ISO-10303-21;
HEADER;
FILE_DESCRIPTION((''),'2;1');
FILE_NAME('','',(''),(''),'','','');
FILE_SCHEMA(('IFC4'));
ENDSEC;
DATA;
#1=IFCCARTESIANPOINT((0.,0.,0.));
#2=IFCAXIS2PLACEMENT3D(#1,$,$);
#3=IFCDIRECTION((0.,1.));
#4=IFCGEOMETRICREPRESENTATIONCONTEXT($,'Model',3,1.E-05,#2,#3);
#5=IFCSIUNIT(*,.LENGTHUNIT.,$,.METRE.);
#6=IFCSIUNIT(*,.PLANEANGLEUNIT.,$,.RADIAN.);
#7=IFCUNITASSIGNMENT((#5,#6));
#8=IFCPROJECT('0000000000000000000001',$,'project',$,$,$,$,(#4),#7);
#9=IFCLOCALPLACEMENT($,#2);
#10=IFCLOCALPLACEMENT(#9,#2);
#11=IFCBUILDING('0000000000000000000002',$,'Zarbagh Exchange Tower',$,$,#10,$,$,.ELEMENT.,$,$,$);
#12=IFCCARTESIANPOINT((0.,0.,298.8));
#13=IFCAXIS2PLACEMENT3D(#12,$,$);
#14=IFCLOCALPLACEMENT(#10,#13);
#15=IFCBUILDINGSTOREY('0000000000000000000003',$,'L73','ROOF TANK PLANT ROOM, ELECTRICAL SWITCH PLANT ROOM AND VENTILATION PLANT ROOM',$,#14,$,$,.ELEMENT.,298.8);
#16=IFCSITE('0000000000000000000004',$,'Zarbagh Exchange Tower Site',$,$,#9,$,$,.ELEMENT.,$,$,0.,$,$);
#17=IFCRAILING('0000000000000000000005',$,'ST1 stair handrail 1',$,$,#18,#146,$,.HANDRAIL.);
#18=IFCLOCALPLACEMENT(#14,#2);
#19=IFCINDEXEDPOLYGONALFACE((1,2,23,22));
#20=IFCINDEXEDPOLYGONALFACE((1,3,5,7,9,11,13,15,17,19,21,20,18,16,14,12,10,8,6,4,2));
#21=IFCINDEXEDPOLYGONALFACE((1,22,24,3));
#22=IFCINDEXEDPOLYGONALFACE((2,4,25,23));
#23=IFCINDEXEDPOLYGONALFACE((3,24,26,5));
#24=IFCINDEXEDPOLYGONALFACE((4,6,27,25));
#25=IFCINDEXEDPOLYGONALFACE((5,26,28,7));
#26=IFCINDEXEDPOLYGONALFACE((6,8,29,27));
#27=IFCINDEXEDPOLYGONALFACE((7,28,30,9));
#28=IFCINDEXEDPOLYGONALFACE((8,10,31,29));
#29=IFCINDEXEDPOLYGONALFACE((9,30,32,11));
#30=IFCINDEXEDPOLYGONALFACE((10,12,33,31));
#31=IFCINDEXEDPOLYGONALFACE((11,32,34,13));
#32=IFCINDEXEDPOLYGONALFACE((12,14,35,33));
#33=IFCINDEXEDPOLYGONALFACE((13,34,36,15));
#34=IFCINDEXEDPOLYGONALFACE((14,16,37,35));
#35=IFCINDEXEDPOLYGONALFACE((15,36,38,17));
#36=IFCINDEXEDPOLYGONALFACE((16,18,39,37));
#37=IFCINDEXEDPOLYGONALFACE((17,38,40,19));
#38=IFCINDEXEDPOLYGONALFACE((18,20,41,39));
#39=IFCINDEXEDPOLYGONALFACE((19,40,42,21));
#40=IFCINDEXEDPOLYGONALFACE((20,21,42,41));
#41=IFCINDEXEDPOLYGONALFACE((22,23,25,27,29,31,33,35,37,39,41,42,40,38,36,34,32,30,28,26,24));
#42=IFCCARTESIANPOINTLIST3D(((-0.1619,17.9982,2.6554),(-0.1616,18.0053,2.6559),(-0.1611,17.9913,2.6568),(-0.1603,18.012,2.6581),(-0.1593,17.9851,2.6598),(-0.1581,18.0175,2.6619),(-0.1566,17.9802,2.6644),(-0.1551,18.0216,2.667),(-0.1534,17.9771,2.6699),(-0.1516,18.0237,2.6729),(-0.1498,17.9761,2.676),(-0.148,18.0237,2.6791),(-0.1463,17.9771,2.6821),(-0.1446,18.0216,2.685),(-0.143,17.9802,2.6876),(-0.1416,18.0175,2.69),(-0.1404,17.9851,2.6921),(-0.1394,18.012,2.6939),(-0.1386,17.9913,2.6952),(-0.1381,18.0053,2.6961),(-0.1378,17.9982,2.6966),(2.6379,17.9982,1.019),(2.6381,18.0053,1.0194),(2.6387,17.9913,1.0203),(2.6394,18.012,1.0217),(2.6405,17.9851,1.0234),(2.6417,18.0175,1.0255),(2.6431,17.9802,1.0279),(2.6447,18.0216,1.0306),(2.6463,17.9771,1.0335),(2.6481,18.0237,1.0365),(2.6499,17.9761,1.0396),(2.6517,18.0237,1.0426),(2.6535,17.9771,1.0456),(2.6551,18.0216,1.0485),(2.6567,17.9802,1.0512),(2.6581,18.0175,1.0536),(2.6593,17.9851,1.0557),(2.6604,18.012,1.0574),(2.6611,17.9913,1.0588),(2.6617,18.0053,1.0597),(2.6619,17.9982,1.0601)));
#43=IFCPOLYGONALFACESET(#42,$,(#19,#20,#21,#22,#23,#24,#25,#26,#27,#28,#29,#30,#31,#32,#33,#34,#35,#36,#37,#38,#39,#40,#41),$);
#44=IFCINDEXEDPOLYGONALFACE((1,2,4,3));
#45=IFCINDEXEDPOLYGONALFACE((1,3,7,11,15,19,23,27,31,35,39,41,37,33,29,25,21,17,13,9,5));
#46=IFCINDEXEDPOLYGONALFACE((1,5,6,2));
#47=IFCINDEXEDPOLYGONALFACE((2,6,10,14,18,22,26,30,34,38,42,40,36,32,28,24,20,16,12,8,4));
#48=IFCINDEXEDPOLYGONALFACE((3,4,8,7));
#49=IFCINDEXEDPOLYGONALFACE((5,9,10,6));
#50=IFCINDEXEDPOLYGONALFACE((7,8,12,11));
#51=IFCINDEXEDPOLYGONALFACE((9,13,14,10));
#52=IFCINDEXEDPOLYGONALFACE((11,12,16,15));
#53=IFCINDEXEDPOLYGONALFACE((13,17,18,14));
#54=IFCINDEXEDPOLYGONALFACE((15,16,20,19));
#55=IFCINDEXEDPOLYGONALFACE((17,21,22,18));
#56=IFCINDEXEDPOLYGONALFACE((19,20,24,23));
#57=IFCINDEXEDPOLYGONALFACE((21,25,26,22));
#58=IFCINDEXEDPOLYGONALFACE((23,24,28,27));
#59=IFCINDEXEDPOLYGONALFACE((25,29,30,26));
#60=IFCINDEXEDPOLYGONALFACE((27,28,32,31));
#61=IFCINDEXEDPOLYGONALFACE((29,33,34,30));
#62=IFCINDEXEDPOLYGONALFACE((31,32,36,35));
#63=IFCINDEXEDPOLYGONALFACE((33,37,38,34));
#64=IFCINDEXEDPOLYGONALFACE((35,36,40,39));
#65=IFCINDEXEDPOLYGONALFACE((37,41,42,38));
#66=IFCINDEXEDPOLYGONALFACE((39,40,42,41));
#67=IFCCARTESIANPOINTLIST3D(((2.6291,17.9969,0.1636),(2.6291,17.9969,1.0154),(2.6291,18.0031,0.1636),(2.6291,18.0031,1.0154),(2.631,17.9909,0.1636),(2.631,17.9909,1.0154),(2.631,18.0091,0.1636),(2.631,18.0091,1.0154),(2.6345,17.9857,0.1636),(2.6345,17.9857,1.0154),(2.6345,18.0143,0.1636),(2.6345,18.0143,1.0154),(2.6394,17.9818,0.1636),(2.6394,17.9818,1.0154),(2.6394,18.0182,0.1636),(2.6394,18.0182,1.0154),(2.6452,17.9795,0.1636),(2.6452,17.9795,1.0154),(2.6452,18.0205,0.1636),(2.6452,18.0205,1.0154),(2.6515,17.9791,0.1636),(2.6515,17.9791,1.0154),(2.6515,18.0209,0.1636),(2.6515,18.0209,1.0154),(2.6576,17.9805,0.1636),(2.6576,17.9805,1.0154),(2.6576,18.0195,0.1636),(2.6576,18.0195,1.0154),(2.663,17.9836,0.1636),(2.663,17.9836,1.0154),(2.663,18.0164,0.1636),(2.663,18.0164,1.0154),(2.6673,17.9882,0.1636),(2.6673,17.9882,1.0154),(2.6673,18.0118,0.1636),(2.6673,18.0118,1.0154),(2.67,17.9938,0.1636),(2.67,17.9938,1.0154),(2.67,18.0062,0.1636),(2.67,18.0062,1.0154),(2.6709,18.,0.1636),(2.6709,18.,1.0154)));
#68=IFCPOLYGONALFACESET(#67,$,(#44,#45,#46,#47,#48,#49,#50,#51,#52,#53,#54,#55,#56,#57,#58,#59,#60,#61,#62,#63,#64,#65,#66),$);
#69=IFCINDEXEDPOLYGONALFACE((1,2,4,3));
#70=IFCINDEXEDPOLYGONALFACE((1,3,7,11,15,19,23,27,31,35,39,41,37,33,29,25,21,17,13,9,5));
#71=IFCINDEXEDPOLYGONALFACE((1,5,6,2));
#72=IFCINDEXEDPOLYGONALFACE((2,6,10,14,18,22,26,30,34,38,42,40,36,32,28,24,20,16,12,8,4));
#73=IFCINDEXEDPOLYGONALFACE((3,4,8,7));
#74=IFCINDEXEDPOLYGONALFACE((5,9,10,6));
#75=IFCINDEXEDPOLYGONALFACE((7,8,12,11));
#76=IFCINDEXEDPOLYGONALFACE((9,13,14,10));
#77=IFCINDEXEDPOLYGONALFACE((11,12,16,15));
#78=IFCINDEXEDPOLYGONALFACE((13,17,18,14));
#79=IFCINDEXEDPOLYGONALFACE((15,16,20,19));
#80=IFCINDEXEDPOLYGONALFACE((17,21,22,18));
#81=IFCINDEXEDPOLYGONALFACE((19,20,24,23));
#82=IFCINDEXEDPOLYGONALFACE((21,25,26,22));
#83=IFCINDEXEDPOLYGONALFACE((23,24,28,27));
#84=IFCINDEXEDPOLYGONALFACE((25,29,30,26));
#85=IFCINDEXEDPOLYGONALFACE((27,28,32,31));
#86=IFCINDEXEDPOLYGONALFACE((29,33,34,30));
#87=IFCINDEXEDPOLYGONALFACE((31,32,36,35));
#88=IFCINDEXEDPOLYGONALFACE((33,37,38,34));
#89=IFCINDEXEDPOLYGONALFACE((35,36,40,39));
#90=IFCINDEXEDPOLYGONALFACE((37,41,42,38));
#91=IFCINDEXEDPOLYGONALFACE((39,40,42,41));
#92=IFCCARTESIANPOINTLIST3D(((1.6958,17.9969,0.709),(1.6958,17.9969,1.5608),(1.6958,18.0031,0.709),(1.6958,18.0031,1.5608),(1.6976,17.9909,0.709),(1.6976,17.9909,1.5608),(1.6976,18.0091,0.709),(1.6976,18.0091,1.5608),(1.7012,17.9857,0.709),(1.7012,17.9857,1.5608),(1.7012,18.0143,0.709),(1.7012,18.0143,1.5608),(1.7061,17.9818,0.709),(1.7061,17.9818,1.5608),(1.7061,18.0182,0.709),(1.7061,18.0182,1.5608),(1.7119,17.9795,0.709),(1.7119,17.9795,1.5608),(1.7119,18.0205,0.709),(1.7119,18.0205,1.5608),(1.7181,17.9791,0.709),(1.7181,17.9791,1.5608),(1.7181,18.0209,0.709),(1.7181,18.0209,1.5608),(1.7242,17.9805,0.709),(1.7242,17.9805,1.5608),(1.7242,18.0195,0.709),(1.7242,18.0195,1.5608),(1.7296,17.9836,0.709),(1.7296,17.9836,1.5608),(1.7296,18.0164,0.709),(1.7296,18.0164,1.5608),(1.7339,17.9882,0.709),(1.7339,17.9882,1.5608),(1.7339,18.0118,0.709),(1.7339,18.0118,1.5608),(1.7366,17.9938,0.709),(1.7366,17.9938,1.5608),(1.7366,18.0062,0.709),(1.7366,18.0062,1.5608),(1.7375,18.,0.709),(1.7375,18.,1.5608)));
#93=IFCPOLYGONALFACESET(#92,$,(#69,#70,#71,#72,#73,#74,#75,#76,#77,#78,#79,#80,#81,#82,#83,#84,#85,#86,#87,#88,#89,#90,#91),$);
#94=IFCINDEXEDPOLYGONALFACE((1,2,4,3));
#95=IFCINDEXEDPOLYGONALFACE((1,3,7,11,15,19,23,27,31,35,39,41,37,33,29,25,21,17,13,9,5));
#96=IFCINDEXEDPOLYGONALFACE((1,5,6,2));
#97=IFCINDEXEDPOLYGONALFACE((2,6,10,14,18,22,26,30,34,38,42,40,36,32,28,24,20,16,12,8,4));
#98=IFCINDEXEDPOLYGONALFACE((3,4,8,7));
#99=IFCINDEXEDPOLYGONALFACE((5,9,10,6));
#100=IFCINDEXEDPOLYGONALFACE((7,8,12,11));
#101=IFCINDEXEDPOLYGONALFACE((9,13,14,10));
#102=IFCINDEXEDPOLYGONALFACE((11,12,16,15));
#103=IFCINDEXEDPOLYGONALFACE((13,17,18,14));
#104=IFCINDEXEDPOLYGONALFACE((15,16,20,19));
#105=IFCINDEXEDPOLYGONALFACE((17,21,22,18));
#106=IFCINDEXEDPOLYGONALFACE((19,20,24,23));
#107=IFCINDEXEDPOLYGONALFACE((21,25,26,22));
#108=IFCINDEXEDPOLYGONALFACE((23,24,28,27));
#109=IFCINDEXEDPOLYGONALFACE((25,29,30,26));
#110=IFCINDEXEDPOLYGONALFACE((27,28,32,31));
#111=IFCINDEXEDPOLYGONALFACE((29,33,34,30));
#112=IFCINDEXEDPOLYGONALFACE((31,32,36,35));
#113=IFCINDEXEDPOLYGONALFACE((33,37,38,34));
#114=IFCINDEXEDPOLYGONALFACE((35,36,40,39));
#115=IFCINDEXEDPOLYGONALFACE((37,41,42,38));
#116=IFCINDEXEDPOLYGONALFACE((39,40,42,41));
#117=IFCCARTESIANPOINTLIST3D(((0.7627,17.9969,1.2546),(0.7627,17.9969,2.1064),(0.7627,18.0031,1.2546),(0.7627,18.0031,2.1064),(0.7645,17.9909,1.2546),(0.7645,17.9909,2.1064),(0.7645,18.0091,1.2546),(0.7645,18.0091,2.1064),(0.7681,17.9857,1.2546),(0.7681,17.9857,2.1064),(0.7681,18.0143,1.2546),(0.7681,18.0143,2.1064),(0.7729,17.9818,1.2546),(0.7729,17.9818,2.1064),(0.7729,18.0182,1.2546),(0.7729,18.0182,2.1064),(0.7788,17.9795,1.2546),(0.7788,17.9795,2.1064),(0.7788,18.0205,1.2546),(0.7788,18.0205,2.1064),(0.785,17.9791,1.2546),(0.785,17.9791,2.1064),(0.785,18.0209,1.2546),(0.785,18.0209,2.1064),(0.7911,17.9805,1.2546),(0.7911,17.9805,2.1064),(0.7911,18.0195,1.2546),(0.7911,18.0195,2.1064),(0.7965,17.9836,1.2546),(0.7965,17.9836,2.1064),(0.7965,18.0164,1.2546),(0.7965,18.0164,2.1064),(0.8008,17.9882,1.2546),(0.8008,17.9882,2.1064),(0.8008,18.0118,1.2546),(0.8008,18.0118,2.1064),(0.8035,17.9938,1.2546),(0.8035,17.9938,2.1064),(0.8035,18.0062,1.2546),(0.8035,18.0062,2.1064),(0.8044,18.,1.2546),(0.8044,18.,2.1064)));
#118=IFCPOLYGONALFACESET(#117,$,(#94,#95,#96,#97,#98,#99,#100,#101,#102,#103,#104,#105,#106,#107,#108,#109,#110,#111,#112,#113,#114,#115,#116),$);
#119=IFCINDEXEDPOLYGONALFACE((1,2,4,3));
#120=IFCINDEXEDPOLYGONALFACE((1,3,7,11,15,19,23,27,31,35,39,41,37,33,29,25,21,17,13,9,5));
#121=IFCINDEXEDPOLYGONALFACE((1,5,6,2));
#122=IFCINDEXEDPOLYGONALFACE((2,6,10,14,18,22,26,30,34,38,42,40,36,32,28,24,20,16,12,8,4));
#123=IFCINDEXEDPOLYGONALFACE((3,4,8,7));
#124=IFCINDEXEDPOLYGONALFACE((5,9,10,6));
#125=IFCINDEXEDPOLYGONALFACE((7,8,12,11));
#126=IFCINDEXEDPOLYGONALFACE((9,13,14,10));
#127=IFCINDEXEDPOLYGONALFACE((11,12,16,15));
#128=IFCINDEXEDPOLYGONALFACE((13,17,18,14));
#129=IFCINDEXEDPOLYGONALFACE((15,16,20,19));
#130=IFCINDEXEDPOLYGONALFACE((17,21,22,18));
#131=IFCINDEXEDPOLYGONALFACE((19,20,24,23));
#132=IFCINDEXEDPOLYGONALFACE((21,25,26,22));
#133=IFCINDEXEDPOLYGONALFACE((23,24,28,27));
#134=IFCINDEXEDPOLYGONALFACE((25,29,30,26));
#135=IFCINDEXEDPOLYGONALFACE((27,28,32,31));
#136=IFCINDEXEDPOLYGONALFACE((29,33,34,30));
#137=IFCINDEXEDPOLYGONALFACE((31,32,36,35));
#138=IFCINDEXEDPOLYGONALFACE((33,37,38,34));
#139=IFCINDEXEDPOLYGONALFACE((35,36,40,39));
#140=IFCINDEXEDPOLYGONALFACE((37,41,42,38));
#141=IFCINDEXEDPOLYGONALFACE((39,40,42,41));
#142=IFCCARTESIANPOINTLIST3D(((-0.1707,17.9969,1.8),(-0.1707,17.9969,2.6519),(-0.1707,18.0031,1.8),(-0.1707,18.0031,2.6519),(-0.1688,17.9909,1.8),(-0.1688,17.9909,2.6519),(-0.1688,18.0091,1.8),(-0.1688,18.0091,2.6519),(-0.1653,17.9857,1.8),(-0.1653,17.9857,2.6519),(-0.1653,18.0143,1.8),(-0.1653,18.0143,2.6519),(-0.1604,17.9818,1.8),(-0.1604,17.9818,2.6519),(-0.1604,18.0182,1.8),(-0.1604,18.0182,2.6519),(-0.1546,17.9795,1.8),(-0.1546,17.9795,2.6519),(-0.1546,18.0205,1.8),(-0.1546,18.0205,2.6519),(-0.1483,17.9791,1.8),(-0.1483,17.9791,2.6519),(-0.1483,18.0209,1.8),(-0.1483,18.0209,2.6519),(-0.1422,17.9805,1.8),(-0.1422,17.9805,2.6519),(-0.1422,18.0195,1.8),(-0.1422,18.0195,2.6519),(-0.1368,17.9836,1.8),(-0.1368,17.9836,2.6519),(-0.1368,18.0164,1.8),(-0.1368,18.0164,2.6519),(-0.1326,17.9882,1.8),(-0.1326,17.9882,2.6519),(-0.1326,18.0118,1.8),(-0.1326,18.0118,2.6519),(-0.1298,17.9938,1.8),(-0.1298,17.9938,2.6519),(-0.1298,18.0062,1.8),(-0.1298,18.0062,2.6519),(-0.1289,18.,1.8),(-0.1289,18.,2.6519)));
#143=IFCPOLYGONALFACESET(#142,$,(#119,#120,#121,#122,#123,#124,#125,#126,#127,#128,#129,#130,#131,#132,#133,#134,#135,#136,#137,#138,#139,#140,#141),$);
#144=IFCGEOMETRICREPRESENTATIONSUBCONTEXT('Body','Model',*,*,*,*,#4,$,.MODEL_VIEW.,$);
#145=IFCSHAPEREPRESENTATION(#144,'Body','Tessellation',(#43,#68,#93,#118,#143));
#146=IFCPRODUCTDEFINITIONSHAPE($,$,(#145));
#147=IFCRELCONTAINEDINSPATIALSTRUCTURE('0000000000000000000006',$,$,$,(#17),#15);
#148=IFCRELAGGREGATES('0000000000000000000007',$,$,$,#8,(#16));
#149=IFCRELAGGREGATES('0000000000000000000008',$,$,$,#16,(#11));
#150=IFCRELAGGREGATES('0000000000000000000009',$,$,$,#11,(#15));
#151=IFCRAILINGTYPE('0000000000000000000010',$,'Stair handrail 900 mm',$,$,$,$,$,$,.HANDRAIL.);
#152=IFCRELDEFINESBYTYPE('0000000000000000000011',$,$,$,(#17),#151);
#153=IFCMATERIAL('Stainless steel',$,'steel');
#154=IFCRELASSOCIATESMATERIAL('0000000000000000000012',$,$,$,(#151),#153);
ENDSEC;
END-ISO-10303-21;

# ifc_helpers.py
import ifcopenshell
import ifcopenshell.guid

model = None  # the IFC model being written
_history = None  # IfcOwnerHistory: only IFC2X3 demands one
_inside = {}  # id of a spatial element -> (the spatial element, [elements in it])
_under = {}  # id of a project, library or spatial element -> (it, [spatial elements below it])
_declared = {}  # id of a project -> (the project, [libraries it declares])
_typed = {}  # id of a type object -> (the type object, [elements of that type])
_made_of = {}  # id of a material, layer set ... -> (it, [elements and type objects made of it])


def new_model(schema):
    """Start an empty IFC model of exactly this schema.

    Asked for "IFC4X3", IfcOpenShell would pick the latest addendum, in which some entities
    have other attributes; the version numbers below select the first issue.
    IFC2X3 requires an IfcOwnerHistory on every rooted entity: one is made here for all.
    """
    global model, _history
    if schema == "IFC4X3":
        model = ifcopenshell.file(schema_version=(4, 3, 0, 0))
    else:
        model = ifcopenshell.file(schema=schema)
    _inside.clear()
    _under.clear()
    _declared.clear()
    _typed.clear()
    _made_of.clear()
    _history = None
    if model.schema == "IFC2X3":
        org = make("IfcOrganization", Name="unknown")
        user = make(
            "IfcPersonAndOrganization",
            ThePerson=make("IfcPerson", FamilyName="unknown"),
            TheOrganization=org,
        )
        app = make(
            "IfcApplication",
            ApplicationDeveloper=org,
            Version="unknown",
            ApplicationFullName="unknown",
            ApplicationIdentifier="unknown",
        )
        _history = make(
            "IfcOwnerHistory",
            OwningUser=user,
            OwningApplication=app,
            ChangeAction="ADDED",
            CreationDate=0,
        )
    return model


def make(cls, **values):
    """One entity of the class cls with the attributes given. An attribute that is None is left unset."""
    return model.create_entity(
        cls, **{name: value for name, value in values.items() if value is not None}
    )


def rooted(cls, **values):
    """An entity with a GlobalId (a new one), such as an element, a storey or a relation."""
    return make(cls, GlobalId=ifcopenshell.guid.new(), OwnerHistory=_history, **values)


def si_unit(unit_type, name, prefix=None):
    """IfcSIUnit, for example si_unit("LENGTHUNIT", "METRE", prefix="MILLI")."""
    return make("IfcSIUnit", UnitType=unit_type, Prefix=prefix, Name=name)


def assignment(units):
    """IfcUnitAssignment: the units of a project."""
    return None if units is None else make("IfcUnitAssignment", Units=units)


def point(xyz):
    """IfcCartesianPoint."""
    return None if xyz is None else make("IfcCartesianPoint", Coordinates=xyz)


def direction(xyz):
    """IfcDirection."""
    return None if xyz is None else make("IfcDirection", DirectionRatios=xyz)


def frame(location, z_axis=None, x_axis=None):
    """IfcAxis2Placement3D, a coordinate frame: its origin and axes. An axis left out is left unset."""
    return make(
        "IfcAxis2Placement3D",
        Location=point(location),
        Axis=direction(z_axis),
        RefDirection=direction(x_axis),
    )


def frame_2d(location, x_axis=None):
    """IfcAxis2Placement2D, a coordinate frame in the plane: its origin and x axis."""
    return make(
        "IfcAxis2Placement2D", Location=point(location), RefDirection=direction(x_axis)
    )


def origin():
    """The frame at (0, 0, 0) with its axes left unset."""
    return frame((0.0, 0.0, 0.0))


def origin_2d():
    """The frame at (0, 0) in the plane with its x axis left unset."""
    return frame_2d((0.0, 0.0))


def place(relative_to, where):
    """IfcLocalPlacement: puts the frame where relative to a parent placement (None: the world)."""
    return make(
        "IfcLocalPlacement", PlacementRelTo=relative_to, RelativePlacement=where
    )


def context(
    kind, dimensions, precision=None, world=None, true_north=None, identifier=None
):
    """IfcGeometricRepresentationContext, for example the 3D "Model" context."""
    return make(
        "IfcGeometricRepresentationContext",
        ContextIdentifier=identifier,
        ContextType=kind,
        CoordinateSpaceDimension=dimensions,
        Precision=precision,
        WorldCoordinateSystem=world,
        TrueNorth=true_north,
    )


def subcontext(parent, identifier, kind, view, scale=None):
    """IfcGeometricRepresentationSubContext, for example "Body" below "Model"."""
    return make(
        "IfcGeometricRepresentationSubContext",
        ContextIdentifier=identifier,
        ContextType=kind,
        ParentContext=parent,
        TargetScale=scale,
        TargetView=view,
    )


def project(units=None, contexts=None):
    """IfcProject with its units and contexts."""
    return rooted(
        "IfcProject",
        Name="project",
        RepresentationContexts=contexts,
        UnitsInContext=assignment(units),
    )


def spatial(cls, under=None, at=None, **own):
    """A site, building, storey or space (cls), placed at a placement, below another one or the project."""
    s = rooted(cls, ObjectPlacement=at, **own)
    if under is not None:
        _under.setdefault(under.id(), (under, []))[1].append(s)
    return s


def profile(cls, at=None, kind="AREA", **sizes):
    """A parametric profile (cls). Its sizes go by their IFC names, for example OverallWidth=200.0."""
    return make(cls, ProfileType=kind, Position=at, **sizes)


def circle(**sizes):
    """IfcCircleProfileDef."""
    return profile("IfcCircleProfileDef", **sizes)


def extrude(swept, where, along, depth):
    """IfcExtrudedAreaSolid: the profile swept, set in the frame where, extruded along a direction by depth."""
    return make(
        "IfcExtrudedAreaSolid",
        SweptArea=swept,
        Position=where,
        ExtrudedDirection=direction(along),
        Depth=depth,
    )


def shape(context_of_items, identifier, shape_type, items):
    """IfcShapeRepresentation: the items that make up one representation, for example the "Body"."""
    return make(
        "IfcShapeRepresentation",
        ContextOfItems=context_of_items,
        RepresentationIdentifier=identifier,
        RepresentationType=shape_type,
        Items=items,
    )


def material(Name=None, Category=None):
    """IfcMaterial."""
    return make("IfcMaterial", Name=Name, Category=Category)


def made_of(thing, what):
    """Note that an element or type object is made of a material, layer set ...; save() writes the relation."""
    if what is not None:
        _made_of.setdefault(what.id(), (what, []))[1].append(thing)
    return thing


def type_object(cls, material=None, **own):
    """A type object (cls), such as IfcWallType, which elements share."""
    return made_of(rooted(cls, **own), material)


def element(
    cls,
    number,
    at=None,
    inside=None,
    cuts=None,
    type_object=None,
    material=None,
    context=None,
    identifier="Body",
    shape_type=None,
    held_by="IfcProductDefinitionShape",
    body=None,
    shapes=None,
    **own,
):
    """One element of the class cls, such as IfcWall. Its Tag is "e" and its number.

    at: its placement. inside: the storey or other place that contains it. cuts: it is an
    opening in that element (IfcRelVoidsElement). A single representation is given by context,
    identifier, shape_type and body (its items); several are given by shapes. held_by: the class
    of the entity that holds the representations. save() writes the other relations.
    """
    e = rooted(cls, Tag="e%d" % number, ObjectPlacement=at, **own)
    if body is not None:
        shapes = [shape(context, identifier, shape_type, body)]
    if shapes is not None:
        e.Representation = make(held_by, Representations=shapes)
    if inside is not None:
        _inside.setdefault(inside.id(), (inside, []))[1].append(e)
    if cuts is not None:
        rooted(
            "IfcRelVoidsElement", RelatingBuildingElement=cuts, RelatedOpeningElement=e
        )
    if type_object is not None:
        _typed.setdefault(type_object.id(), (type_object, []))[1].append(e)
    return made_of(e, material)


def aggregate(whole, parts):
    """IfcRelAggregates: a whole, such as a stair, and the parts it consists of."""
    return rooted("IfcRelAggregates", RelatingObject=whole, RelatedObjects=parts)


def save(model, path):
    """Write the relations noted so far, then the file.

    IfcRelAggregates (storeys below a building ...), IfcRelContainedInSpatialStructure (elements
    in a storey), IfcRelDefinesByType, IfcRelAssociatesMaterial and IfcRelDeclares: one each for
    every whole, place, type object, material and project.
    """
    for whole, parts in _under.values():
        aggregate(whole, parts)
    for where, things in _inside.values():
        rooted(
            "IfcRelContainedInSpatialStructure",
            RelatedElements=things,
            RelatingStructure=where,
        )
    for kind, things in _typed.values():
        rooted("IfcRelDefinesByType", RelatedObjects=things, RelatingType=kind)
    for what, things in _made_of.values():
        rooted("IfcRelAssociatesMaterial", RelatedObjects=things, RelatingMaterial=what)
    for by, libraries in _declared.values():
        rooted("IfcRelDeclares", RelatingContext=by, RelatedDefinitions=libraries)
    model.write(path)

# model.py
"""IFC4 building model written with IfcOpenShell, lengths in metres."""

from ifc_helpers import new_model, si_unit, direction, frame, origin, origin_2d, place, context, subcontext, project, spatial, circle, extrude, material, type_object, element, save


model = new_model("IFC4")

# Units and contexts
model_context = context("Model", 3, precision=1e-05, world=origin(), true_north=direction((0.0, 1.0)))
body_context = subcontext(model_context, "Body", "Model", "MODEL_VIEW")
ifc_project = project(units=[si_unit("LENGTHUNIT", "METRE"), si_unit("PLANEANGLEUNIT", "RADIAN")], contexts=[model_context])

# Site, building, storey
site_placement = place(None, origin())
site = spatial("IfcSite", under=ifc_project, at=site_placement, Name="Zarbagh Exchange Tower Site", CompositionType="ELEMENT", RefElevation=0.0)
building_placement = place(site_placement, origin())
building = spatial("IfcBuilding", under=site, at=building_placement, Name="Zarbagh Exchange Tower", CompositionType="ELEMENT")
storey_placement = place(building_placement, frame((0.0, 0.0, 298.8)))
storey = spatial("IfcBuildingStorey", under=building, at=storey_placement, Name="L73", Description="ROOF TANK PLANT ROOM, ELECTRICAL SWITCH PLANT ROOM AND VENTILATION PLANT ROOM", CompositionType="ELEMENT", Elevation=298.8)

# Shared definitions
ifc_material_1 = material(Name="Stainless steel", Category="steel")

# Railing
railing_type = type_object("IfcRailingType", Name="Stair handrail 900 mm", PredefinedType="HANDRAIL", material=ifc_material_1)
railing_placement = place(storey_placement, frame((2.6499, 18.0, 0.1636)))
element("IfcRailing", 1, at=railing_placement, inside=storey, type_object=railing_type, Name="ST1 stair handrail 1", PredefinedType="HANDRAIL", context=body_context, shape_type="SweptSolid", body=[
    extrude(circle(Radius=0.0239, at=origin_2d()), frame((0.0, 0.0, 0.876), z_axis=(-0.863342, 0.0, 0.50462), x_axis=(0.0, -1.0, 0.0)), (0.0, 0.0, 1.0), 3.2429),
    extrude(circle(Radius=0.021, at=origin_2d()), origin(), (0.0, 0.0, 1.0), 0.8518),
    extrude(circle(Radius=0.021, at=origin_2d()), frame((-0.9333, 0.0, 0.5454)), (0.0, 0.0, 1.0), 0.8518),
    extrude(circle(Radius=0.021, at=origin_2d()), frame((-1.8665, 0.0, 1.0911)), (0.0, 0.0, 1.0), 0.8518),
    extrude(circle(Radius=0.021, at=origin_2d()), frame((-2.7998, 0.0, 1.6365)), (0.0, 0.0, 1.0), 0.8518),
])

save(model, "model.ifc")
